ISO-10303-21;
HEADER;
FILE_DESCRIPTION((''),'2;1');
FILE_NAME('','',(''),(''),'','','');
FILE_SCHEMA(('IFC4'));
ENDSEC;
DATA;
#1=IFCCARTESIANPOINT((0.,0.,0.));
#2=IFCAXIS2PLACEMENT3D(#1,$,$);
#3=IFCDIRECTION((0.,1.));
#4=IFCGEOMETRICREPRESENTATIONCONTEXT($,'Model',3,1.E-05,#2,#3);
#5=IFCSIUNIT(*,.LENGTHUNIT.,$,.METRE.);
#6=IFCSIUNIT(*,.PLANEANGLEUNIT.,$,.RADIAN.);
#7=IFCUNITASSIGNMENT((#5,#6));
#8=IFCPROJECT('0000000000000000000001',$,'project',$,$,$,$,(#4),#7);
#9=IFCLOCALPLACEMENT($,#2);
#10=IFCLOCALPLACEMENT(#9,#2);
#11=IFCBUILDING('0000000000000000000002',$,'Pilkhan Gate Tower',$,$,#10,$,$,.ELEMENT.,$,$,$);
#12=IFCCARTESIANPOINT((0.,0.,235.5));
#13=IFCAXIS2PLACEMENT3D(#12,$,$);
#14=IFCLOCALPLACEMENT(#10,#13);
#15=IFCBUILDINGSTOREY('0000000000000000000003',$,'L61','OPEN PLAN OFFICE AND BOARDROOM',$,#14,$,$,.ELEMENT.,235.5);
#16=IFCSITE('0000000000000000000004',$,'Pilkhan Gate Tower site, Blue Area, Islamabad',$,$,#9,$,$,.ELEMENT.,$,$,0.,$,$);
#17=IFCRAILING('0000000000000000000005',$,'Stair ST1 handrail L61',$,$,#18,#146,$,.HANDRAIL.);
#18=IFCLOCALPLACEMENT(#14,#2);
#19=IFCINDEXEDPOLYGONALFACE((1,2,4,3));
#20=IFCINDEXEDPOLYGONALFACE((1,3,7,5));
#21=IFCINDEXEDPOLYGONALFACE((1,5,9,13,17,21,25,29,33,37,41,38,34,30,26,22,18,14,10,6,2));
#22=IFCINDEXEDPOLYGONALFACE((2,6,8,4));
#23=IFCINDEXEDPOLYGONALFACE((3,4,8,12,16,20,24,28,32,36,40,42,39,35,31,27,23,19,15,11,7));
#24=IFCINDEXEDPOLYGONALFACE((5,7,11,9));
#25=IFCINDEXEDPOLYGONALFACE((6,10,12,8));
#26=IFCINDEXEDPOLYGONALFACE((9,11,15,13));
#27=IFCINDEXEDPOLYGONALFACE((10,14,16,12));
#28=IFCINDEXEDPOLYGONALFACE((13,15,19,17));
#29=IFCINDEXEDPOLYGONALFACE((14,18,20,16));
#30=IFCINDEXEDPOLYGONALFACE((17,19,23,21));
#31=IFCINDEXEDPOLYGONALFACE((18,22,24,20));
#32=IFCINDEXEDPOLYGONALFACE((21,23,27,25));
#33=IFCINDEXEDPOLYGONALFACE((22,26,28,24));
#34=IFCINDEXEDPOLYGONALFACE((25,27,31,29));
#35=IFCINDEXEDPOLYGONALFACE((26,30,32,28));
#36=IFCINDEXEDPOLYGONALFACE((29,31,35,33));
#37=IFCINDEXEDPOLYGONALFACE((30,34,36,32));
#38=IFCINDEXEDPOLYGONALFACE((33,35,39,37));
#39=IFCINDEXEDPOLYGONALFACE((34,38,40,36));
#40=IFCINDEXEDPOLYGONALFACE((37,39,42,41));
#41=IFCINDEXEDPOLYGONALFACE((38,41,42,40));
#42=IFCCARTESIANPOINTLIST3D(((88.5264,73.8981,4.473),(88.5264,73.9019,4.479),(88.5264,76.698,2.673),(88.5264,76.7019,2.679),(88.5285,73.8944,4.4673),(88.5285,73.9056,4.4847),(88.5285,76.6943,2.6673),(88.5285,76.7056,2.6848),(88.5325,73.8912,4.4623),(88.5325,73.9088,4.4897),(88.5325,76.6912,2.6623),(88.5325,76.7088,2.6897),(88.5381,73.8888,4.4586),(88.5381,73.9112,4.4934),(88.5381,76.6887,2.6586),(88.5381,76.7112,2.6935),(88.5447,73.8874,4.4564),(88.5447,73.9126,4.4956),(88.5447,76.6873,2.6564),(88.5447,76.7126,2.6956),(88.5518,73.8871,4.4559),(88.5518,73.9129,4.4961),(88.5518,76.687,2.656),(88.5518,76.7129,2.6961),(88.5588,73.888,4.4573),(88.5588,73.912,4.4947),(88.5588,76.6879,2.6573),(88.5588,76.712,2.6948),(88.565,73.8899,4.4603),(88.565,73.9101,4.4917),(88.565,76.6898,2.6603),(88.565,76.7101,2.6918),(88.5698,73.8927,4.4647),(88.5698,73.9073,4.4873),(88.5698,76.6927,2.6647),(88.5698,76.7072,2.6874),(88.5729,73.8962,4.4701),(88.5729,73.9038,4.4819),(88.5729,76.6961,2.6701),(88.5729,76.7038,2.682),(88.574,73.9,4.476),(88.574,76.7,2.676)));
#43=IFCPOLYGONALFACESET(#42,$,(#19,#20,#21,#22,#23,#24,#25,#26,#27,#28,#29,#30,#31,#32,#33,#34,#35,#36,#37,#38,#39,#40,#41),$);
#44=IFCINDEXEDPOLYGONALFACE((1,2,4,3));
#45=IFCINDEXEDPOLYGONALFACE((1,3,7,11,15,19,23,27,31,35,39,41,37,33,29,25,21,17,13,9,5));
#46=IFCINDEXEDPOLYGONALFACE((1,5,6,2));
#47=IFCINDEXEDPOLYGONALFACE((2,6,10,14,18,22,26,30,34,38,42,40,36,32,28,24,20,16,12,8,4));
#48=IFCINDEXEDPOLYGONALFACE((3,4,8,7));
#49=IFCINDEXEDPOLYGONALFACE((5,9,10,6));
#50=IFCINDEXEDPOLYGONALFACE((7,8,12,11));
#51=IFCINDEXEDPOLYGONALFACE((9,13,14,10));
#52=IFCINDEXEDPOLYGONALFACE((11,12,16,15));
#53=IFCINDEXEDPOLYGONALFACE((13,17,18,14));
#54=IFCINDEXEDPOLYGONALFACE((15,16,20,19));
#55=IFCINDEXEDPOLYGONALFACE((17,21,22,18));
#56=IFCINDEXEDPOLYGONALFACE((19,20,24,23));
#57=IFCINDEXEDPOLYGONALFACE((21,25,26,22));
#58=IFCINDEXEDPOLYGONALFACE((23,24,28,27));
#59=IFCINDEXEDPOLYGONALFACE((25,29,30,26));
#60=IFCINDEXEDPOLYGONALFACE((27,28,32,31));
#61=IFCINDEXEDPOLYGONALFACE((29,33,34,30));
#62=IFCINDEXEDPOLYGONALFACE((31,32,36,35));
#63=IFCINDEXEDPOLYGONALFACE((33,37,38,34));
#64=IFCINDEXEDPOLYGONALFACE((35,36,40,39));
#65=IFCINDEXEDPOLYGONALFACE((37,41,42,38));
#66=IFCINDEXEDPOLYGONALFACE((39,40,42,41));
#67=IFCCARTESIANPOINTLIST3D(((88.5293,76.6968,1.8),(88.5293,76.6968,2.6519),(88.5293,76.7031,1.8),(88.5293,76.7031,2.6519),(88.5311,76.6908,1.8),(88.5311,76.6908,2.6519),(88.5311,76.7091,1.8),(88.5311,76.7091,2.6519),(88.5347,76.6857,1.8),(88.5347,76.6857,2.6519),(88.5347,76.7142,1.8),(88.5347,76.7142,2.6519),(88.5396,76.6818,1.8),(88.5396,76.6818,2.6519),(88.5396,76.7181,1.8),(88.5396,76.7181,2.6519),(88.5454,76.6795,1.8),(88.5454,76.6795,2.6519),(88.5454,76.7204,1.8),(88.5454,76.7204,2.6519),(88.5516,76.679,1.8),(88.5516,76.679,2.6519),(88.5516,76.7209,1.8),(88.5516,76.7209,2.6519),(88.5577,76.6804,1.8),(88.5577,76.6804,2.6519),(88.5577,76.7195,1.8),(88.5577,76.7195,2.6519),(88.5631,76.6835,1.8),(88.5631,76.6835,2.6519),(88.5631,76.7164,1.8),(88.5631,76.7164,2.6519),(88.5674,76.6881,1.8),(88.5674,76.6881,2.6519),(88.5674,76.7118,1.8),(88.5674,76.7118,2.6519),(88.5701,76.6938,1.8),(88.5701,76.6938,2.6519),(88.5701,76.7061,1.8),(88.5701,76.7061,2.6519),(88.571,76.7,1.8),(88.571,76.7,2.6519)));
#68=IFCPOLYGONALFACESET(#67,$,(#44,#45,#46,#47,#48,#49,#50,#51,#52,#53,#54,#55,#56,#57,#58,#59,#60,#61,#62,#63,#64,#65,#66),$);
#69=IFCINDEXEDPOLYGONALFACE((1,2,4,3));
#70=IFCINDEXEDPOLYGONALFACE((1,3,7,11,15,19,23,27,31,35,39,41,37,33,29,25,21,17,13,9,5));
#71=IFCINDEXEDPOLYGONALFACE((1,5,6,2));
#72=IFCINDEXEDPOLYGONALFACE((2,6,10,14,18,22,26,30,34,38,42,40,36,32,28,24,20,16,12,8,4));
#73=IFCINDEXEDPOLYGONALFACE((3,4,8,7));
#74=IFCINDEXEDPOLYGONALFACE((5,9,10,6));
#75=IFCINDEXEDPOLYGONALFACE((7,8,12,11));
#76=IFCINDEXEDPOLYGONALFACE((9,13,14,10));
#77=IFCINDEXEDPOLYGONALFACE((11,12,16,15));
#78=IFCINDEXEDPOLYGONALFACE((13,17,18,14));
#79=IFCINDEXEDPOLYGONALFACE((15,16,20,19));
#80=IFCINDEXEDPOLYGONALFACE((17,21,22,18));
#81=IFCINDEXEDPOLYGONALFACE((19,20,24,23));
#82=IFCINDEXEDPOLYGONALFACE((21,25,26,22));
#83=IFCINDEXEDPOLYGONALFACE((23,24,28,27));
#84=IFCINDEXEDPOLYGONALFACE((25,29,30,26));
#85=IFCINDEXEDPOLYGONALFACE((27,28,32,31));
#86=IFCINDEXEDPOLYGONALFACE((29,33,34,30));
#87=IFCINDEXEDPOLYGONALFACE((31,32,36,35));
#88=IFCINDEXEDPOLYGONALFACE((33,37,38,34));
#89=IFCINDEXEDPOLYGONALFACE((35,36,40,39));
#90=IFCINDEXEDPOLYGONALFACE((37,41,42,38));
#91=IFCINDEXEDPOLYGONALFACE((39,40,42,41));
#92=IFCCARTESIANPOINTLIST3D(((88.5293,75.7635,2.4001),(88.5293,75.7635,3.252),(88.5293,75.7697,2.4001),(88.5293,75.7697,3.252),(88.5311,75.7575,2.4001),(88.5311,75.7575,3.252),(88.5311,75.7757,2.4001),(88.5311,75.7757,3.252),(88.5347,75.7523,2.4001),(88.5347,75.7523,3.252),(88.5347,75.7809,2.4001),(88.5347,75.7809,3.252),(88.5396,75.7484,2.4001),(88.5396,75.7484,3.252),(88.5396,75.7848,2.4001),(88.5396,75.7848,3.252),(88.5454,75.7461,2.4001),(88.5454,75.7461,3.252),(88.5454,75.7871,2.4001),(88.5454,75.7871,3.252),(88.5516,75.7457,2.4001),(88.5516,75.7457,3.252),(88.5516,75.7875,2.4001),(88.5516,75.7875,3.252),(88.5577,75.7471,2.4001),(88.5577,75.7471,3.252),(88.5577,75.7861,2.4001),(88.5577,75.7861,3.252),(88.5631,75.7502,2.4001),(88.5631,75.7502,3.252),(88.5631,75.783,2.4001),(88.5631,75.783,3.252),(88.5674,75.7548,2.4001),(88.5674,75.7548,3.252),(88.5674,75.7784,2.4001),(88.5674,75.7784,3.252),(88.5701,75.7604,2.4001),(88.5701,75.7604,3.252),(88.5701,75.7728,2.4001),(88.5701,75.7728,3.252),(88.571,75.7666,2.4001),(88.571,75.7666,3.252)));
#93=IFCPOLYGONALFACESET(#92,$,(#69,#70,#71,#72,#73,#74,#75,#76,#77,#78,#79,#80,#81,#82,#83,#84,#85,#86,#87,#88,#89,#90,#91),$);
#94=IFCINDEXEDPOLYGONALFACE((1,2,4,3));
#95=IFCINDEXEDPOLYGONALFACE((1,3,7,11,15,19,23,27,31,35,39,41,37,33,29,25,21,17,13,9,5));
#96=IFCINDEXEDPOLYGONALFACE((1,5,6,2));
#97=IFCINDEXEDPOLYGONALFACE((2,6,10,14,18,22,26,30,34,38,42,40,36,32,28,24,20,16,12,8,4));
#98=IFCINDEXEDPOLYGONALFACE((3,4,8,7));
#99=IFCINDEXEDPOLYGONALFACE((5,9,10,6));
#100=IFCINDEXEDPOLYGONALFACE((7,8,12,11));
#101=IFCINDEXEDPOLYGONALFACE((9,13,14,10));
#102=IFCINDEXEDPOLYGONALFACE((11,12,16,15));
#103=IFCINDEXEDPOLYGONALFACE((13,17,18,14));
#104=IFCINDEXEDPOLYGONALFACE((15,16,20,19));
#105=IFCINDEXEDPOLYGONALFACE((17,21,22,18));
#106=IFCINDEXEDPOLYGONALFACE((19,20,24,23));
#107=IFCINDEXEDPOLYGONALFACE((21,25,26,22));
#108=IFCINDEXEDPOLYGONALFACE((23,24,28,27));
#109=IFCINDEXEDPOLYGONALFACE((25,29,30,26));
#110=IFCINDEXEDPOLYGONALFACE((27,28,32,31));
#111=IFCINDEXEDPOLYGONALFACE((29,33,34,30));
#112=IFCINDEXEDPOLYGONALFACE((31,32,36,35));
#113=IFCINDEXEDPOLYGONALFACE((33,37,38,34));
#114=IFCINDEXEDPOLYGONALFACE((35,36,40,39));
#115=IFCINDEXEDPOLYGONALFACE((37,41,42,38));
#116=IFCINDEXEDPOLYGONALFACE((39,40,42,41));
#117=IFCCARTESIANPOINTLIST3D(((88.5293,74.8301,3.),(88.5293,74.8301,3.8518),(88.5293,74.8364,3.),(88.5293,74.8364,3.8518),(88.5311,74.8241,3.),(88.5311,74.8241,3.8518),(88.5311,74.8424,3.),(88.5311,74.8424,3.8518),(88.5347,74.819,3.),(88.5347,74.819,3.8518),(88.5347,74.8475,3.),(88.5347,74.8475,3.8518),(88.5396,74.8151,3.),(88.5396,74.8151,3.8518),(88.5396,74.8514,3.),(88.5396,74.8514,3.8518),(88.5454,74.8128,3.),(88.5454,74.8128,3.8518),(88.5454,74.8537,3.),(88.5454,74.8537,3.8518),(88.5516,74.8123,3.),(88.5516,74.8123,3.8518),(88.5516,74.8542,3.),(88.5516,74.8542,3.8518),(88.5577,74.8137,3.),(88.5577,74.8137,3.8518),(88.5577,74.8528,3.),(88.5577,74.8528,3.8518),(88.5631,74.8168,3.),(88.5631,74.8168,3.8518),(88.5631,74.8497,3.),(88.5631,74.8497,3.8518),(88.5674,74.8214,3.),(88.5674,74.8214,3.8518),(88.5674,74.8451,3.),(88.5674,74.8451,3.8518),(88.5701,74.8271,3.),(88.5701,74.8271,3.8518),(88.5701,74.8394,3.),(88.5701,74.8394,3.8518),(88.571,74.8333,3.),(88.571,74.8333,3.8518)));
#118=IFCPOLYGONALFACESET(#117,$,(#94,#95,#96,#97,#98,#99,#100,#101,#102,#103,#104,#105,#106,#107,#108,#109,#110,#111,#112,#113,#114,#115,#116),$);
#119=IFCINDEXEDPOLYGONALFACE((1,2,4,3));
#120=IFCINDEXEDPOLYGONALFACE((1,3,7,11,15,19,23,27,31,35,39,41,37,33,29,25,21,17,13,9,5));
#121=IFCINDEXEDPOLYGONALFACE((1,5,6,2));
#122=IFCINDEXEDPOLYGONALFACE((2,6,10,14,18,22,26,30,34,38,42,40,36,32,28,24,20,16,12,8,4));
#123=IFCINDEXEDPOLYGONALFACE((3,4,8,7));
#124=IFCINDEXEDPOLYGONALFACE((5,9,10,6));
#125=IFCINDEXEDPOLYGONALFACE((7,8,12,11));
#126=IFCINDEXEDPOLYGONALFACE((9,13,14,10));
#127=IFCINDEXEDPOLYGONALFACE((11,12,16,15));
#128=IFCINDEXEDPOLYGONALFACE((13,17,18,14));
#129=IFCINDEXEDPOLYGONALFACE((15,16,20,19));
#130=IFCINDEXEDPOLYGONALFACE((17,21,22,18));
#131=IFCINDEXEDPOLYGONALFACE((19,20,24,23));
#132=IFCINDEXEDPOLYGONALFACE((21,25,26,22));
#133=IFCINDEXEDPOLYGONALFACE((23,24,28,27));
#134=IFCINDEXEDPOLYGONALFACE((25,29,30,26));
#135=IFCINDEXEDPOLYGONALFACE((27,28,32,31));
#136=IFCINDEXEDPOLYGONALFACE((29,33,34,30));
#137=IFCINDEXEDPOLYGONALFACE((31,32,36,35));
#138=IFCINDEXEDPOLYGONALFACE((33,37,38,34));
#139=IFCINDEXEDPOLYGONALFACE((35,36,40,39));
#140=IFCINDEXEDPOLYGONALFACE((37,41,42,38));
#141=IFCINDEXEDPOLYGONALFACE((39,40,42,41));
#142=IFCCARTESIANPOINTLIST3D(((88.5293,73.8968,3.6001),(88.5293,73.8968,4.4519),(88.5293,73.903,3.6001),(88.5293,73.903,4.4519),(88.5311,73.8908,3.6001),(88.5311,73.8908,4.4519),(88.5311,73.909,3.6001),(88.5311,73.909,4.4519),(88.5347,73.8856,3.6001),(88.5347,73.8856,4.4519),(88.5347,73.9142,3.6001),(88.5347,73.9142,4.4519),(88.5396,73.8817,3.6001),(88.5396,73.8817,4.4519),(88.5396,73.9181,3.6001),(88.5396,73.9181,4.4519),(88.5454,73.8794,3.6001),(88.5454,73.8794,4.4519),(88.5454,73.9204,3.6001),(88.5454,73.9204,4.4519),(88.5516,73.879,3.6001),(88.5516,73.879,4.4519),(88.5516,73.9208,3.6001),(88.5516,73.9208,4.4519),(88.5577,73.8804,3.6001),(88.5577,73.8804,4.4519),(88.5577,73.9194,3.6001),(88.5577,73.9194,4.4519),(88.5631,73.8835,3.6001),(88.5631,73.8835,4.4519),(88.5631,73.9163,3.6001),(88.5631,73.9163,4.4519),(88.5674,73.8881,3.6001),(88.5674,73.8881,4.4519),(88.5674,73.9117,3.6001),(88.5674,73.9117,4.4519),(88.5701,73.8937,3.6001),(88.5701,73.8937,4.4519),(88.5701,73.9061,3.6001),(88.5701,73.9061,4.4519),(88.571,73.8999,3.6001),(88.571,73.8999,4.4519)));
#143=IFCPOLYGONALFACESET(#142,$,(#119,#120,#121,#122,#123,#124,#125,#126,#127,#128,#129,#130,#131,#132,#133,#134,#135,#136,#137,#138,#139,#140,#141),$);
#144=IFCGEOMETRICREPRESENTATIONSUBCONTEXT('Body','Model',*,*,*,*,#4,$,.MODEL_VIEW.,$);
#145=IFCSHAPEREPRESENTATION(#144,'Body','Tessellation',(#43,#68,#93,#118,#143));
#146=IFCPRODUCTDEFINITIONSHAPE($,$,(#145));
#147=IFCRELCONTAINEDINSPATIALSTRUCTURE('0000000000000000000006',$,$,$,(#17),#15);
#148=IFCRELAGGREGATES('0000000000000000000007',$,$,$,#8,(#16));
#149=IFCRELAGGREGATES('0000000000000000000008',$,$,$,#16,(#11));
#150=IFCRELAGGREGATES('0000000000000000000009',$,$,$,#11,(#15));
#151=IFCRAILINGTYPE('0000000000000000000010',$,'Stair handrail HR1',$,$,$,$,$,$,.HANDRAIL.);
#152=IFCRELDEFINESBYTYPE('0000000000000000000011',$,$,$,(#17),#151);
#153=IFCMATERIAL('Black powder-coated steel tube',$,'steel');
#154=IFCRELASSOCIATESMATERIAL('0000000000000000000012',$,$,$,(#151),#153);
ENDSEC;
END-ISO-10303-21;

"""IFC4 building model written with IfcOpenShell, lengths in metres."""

from ifc_helpers import new_model, si_unit, direction, frame, origin, origin_2d, place, context, subcontext, project, spatial, circle, extrude, material, type_object, element, save


model = new_model("IFC4")

# Units and contexts
model_context = context("Model", 3, precision=1e-05, world=origin(), true_north=direction((0.0, 1.0)))
body_context = subcontext(model_context, "Body", "Model", "MODEL_VIEW")
ifc_project = project(units=[si_unit("LENGTHUNIT", "METRE"), si_unit("PLANEANGLEUNIT", "RADIAN")], contexts=[model_context])

# Site, building, storey
site_placement = place(None, origin())
site = spatial("IfcSite", under=ifc_project, at=site_placement, Name="Pilkhan Gate Tower site, Blue Area, Islamabad", CompositionType="ELEMENT", RefElevation=0.0)
building_placement = place(site_placement, origin())
building = spatial("IfcBuilding", under=site, at=building_placement, Name="Pilkhan Gate Tower", CompositionType="ELEMENT")
storey_placement = place(building_placement, frame((0.0, 0.0, 235.5)))
storey = spatial("IfcBuildingStorey", under=building, at=storey_placement, Name="L61", Description="OPEN PLAN OFFICE AND BOARDROOM", CompositionType="ELEMENT", Elevation=235.5)

# Railing
ifc_material_1 = material(Name="Black powder-coated steel tube", Category="steel")
railing_type_1 = type_object("IfcRailingType", Name="Stair handrail HR1", PredefinedType="HANDRAIL", material=ifc_material_1)
for number, where, name in (
    (1, (88.55, 76.7, 1.8), "Stair ST1 handrail L61"),
):
    element("IfcRailing", number, at=place(storey_placement, frame(where)), inside=storey, type_object=railing_type_1, Name=name, PredefinedType="HANDRAIL", context=body_context, shape_type="SweptSolid", body=[
        extrude(circle(Radius=0.0239, at=origin_2d()), frame((0.0, 0.0, 0.876), z_axis=(0.0, -0.841176, 0.540761), x_axis=(1.0, 0.0, 0.0)), (0.0, 0.0, 1.0), 3.3286),
        extrude(circle(Radius=0.021, at=origin_2d()), origin(), (0.0, 0.0, 1.0), 0.8518),
        extrude(circle(Radius=0.021, at=origin_2d()), frame((0.0, -0.9333, 0.6001)), (0.0, 0.0, 1.0), 0.8518),
        extrude(circle(Radius=0.021, at=origin_2d()), frame((0.0, -1.8667, 1.2)), (0.0, 0.0, 1.0), 0.8518),
        extrude(circle(Radius=0.021, at=origin_2d()), frame((0.0, -2.8, 1.8)), (0.0, 0.0, 1.0), 0.8518),
    ])

save(model, "model.ifc")
